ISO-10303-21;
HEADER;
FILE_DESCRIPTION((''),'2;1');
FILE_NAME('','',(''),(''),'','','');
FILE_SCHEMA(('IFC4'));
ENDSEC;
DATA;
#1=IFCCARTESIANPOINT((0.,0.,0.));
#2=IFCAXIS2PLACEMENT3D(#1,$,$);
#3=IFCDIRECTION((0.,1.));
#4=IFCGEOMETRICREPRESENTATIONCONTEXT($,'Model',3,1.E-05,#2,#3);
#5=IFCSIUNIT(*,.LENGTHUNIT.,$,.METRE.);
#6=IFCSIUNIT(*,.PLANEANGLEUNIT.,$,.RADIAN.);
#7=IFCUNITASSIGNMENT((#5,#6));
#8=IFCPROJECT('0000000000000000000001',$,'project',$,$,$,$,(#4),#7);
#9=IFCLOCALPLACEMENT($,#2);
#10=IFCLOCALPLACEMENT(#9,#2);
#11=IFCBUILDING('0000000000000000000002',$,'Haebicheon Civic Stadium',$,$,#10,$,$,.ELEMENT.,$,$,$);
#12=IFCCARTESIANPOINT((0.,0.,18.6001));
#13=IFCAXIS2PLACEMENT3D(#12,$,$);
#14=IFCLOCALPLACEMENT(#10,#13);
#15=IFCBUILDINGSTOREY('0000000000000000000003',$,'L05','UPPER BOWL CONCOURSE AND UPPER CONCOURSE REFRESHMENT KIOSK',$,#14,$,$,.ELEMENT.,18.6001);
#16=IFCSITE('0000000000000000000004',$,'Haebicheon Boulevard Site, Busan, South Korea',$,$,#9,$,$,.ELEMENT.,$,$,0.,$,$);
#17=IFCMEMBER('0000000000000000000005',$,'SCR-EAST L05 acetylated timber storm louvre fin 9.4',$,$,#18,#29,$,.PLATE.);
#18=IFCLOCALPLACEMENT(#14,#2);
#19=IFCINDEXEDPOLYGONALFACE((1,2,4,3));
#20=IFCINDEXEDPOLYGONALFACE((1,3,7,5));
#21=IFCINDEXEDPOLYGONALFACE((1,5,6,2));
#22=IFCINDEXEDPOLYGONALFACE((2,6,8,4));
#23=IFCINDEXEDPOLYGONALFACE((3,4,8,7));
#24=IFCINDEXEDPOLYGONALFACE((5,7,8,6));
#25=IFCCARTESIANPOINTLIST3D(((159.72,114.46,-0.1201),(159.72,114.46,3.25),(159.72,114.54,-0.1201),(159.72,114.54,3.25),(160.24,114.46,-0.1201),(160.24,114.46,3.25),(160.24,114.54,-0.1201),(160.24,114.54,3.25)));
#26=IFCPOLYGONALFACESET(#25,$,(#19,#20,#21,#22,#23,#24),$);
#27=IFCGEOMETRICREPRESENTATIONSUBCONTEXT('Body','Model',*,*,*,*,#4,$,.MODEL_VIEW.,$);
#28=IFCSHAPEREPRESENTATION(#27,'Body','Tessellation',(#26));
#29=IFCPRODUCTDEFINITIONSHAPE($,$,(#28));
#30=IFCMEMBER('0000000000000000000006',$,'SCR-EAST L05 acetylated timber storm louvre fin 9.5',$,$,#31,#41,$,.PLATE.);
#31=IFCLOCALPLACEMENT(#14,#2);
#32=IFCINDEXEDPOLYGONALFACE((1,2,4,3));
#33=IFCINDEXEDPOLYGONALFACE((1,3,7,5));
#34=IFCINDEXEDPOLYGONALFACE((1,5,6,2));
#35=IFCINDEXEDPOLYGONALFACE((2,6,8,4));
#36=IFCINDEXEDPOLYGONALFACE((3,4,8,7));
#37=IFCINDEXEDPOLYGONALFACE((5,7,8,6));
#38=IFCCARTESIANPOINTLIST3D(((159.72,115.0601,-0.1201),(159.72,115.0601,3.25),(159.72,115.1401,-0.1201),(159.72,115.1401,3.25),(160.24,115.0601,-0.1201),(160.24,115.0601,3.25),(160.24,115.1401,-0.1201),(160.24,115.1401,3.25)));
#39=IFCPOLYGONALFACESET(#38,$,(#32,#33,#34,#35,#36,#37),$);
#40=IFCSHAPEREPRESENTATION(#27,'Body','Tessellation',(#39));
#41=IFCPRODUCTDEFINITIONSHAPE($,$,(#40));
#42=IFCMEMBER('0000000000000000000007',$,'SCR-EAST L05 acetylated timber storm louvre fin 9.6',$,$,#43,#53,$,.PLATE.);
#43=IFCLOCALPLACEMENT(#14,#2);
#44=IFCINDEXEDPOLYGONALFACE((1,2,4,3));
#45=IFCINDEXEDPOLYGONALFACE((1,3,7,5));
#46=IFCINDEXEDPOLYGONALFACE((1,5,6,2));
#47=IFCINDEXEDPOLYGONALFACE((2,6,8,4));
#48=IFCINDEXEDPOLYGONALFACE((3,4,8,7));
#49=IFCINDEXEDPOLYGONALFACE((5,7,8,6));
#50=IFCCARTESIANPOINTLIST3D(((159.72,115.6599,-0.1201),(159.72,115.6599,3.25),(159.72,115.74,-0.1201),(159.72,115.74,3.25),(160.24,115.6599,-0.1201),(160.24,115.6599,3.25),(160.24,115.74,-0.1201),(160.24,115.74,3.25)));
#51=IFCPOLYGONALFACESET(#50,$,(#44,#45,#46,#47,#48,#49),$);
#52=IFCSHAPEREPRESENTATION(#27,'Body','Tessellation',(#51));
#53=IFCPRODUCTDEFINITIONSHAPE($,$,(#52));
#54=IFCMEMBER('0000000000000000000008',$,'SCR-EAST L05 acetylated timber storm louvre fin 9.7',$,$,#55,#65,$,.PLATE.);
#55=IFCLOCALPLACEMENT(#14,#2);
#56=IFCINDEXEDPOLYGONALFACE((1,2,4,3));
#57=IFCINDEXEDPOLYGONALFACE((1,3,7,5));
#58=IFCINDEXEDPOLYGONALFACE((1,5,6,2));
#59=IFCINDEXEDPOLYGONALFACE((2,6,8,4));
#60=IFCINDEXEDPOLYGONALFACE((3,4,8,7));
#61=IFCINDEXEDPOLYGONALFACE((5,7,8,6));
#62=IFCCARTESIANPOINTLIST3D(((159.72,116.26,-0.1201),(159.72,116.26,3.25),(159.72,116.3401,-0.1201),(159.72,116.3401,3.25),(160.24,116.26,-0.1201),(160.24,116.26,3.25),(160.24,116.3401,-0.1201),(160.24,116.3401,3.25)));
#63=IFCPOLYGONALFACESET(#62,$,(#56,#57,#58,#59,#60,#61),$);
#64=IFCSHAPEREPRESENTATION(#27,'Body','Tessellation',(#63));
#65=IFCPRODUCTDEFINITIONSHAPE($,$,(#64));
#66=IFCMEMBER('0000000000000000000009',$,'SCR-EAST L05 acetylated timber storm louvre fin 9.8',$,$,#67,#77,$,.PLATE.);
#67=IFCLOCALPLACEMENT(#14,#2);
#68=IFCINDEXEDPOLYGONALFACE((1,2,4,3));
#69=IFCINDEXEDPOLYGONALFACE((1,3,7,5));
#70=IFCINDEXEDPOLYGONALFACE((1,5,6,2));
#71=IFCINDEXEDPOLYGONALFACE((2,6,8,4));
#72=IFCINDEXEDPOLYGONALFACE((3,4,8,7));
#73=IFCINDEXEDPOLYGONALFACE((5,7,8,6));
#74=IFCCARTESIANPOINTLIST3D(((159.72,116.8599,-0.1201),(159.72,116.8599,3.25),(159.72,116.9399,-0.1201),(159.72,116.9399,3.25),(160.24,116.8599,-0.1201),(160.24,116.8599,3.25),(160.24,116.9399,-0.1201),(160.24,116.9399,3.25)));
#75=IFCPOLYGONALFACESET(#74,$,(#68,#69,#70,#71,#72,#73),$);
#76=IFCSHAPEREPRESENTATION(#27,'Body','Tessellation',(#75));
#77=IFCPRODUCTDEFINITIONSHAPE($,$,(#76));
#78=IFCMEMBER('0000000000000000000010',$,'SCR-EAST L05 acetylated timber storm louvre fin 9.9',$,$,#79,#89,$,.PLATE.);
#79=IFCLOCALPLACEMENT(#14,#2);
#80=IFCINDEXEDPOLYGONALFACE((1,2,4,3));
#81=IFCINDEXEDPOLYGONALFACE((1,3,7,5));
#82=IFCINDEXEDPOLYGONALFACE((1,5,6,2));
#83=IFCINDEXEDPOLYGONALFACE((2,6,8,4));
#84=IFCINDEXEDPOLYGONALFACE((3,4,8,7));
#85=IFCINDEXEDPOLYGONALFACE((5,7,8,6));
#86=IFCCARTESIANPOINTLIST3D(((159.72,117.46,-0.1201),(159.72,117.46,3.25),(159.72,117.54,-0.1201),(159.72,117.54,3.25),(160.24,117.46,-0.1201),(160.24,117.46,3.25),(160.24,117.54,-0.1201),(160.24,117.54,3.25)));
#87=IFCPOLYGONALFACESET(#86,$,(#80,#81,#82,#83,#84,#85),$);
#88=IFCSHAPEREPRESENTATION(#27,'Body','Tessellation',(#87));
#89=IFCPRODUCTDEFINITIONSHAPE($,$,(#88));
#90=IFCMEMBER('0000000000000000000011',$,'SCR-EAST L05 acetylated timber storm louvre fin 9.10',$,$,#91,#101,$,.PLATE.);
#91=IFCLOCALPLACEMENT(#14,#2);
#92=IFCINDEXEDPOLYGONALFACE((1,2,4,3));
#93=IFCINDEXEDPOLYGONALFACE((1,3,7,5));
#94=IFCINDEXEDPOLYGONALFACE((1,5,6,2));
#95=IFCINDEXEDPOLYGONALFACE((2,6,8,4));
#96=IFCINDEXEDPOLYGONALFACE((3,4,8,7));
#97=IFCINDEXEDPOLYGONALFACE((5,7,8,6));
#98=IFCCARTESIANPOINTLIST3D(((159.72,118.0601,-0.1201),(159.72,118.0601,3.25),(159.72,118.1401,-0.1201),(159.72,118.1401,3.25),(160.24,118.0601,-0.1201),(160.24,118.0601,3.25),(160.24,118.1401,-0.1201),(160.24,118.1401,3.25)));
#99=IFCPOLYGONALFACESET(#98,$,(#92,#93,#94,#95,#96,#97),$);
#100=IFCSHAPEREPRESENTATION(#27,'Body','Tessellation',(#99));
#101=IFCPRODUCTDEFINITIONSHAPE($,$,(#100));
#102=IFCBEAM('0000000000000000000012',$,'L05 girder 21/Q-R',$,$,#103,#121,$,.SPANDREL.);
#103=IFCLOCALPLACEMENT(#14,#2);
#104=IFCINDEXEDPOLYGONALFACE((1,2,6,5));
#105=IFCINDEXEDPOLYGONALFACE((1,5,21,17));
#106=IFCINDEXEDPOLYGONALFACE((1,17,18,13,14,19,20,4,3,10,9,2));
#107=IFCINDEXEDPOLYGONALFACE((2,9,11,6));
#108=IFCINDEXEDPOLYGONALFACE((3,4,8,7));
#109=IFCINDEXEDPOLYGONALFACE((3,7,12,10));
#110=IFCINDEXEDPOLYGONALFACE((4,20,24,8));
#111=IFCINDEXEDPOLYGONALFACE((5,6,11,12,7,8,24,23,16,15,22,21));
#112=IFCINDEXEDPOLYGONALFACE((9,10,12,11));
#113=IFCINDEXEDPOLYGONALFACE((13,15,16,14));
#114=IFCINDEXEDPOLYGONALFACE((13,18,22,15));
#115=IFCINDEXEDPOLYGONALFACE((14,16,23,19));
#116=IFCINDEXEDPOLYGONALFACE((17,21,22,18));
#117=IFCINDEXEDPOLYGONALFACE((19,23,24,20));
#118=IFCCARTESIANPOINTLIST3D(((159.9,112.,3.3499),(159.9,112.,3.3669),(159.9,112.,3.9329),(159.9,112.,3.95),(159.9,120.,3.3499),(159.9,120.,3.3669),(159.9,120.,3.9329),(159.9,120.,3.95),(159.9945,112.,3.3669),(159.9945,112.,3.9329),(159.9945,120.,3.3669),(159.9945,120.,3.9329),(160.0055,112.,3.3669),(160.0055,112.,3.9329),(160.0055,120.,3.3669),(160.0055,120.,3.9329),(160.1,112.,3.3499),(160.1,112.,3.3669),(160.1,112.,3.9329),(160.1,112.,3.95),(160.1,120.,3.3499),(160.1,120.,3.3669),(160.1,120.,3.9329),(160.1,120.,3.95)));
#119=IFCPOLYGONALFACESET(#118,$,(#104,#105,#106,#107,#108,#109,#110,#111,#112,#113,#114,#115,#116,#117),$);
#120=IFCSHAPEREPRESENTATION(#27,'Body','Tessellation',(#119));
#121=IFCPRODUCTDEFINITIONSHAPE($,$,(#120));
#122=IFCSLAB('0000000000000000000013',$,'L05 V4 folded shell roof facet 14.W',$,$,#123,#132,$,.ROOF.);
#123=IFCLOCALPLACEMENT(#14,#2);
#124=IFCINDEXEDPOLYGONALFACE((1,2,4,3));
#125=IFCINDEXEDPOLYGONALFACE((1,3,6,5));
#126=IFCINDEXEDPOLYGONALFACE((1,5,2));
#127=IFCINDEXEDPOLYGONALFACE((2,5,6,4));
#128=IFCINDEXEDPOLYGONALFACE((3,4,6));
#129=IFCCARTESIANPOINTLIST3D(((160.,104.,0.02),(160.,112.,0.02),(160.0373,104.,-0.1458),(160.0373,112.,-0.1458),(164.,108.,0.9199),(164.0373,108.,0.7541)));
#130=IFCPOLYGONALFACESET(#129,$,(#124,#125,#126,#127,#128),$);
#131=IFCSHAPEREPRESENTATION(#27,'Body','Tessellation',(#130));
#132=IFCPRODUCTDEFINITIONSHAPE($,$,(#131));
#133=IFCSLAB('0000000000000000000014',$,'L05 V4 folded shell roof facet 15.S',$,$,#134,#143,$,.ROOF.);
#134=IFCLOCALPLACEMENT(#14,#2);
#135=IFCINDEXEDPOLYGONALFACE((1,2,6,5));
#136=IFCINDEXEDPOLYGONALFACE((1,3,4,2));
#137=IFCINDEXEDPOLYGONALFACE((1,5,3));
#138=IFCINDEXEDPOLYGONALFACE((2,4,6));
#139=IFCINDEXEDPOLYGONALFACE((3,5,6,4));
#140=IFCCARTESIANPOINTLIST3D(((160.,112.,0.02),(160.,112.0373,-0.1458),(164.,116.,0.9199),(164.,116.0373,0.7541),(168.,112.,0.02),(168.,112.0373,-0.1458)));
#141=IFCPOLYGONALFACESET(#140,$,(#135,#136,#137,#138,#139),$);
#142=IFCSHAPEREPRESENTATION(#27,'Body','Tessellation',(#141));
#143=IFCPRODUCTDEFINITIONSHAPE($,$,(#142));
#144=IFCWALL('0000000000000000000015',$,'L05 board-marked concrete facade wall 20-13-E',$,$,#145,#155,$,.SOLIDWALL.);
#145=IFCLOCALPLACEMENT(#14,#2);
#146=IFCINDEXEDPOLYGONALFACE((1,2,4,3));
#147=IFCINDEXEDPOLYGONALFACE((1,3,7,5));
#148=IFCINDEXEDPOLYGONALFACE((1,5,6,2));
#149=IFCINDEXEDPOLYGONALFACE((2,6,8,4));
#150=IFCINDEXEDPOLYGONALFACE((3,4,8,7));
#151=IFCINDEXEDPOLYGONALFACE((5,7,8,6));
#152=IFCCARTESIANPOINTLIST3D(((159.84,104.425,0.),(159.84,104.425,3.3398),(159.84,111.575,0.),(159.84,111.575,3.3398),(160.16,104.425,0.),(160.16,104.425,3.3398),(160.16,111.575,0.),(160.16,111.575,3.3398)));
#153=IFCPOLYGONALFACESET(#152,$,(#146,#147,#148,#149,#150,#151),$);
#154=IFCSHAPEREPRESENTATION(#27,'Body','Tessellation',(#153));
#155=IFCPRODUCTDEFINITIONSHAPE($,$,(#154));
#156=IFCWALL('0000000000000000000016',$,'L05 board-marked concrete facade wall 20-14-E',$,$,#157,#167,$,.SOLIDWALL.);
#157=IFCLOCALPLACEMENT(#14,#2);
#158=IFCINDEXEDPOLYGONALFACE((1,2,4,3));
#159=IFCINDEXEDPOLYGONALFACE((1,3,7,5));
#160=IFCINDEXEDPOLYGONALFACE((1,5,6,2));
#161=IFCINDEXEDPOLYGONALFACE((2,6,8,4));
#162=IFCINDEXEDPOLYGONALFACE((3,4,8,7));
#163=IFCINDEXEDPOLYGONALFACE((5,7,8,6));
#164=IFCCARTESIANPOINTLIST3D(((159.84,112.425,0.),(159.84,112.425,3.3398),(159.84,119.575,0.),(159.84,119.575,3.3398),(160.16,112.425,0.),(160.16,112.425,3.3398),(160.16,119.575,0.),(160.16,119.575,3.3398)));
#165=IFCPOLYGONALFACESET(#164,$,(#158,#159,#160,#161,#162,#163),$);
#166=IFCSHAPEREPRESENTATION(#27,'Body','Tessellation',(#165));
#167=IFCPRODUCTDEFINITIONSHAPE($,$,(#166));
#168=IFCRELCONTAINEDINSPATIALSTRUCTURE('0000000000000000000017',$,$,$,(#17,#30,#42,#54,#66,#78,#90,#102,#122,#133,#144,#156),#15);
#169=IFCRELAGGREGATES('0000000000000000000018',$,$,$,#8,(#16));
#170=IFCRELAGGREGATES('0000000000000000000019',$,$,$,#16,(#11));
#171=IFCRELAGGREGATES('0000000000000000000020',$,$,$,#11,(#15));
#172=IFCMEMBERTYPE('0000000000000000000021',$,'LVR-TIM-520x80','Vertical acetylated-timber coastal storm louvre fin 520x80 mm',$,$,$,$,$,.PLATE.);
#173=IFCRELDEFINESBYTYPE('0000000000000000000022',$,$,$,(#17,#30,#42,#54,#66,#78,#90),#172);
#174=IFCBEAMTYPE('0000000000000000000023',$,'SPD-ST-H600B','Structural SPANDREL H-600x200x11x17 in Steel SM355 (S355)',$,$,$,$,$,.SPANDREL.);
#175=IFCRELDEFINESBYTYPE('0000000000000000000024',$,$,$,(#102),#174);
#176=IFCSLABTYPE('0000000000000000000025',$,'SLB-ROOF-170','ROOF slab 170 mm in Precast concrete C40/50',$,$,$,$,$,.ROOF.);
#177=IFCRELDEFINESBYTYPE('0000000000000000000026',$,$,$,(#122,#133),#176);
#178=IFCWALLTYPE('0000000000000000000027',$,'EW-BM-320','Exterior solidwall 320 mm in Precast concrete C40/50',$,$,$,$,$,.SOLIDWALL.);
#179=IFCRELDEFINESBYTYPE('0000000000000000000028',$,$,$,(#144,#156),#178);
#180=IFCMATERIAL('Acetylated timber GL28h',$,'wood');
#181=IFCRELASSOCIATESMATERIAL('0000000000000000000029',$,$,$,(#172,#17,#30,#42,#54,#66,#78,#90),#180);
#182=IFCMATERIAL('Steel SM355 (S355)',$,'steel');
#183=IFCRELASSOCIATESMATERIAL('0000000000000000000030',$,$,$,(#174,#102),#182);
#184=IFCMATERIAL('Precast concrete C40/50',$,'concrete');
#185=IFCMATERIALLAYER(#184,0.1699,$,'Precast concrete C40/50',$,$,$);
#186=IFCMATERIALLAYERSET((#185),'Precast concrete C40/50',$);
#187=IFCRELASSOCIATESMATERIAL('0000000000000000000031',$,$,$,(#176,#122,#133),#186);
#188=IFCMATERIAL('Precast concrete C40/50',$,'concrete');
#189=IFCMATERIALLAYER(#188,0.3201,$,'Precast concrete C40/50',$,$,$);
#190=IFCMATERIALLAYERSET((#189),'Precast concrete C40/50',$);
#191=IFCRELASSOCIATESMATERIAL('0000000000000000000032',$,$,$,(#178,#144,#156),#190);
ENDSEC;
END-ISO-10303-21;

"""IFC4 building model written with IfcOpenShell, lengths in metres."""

from ifc_helpers import new_model, si_unit, direction, frame, frame_2d, origin, origin_2d, place, context, subcontext, project, spatial, polyline, rectangle, i_section, outline, extrude, material, layer, layer_set, material_profile, profile_set, type_object, element, save


model = new_model("IFC4")

# Units and contexts
model_context = context("Model", 3, precision=1e-05, world=origin(), true_north=direction((0.0, 1.0)))
body_context = subcontext(model_context, "Body", "Model", "MODEL_VIEW")
ifc_project = project(units=[si_unit("LENGTHUNIT", "METRE"), si_unit("PLANEANGLEUNIT", "RADIAN")], contexts=[model_context])

# Site, building, storey
site_placement = place(None, origin())
site = spatial("IfcSite", under=ifc_project, at=site_placement, Name="Haebicheon Boulevard Site, Busan, South Korea", CompositionType="ELEMENT", RefElevation=0.0)
building_placement = place(site_placement, origin())
building = spatial("IfcBuilding", under=site, at=building_placement, Name="Haebicheon Civic Stadium", CompositionType="ELEMENT")
storey_placement = place(building_placement, frame((0.0, 0.0, 18.6001)))
storey = spatial("IfcBuildingStorey", under=building, at=storey_placement, Name="L05", Description="UPPER BOWL CONCOURSE AND UPPER CONCOURSE REFRESHMENT KIOSK", CompositionType="ELEMENT", Elevation=18.6001)

# Members
ifc_material_1 = material(Name="Acetylated timber GL28h", Category="wood")
ifc_material_profile_1 = material_profile(ifc_material_1, rectangle(XDim=0.0801, YDim=0.52, at=origin_2d()), Name="TMB-LOUV-80x520")
ifc_profile_set_1 = profile_set([ifc_material_profile_1], Name="Acetylated timber GL28h")
member_type = type_object("IfcMemberType", Name="LVR-TIM-520x80", Description="Vertical acetylated-timber coastal storm louvre fin 520x80 mm", PredefinedType="PLATE", material=ifc_profile_set_1)
for number, where, z_axis, x_axis, name in (
    (1, (159.98, 114.5, -0.1201), (0.0, 0.0, 1.0), (0.0, 1.0, 0.0), "SCR-EAST L05 acetylated timber storm louvre fin 9.4"),
    (2, (159.98, 115.1001, -0.1201), (0.0, 0.0, 1.0), (0.0, 1.0, 0.0), "SCR-EAST L05 acetylated timber storm louvre fin 9.5"),
    (3, (159.98, 115.7, -0.1201), (0.0, 0.0, 1.0), (0.0, 1.0, 0.0), "SCR-EAST L05 acetylated timber storm louvre fin 9.6"),
    (4, (159.98, 116.3, -0.1201), (0.0, 0.0, 1.0), (0.0, 1.0, 0.0), "SCR-EAST L05 acetylated timber storm louvre fin 9.7"),
    (5, (159.98, 116.8999, -0.1201), (0.0, 0.0, 1.0), (0.0, 1.0, 0.0), "SCR-EAST L05 acetylated timber storm louvre fin 9.8"),
    (6, (159.98, 117.5, -0.1201), (0.0, 0.0, 1.0), (0.0, 1.0, 0.0), "SCR-EAST L05 acetylated timber storm louvre fin 9.9"),
    (7, (159.98, 118.1001, -0.1201), (0.0, 0.0, 1.0), (0.0, 1.0, 0.0), "SCR-EAST L05 acetylated timber storm louvre fin 9.10"),
):
    element("IfcMember", number, at=place(storey_placement, frame(where, z_axis=z_axis, x_axis=x_axis)), inside=storey, type_object=member_type, material=ifc_profile_set_1, Name=name, PredefinedType="PLATE", context=body_context, shape_type="SweptSolid", body=[
        extrude(rectangle(XDim=0.0801, YDim=0.52, at=origin_2d()), origin(), (0.0, 0.0, 1.0), 3.3701),
    ])

# Beam
ifc_material_2 = material(Name="Steel SM355 (S355)", Category="steel")
ifc_material_profile_2 = material_profile(ifc_material_2, i_section(OverallWidth=0.2, OverallDepth=0.6001, WebThickness=0.011, FlangeThickness=0.0171, at=origin_2d()), Name="H-600x200x11x17")
ifc_profile_set_2 = profile_set([ifc_material_profile_2], Name="Steel SM355 (S355)")
beam_type_1 = type_object("IfcBeamType", Name="SPD-ST-H600B", Description="Structural SPANDREL H-600x200x11x17 in Steel SM355 (S355)", PredefinedType="SPANDREL", material=ifc_profile_set_2)
beam_placement = place(storey_placement, frame((160.0, 112.0, 3.6499), z_axis=(0.0, 1.0, 0.0), x_axis=(-1.0, 0.0, 0.0)))
element("IfcBeam", 8, at=beam_placement, inside=storey, type_object=beam_type_1, material=ifc_profile_set_2, Name="L05 girder 21/Q-R", PredefinedType="SPANDREL", context=body_context, shape_type="SweptSolid", body=[
    extrude(i_section(OverallWidth=0.2, OverallDepth=0.6001, WebThickness=0.011, FlangeThickness=0.0171, at=origin_2d()), origin(), (0.0, 0.0, 1.0), 8.0),
])

# Slabs
ifc_material_3 = material(Name="Precast concrete C40/50", Category="concrete")
ifc_layer_1 = layer(ifc_material_3, 0.1699, Name="Precast concrete C40/50")
ifc_layer_set_1 = layer_set([ifc_layer_1], Name="Precast concrete C40/50")
slab_type = type_object("IfcSlabType", Name="SLB-ROOF-170", Description="ROOF slab 170 mm in Precast concrete C40/50", PredefinedType="ROOF", material=ifc_layer_set_1)
for number, where, z_axis, x_axis, name in (
    (9, (160.0, 112.0, 0.02), (-0.21949, 0.0, 0.975615), (0.0, -1.0, 0.0), "L05 V4 folded shell roof facet 14.W"),
    (10, (160.0, 112.0, 0.02), (0.0, -0.21949, 0.975615), (1.0, 0.0, 0.0), "L05 V4 folded shell roof facet 15.S"),
):
    element("IfcSlab", number, at=place(storey_placement, frame(where, z_axis=z_axis, x_axis=x_axis)), inside=storey, type_object=slab_type, material=ifc_layer_set_1, Name=name, PredefinedType="ROOF", context=body_context, shape_type="SweptSolid", body=[
        extrude(outline(polyline([(0.0, 0.0), (8.0, 0.0), (4.0, 4.1), (0.0, 0.0)])), origin(), (0.0, 0.0, -1.0), 0.1699),
    ])

# Walls
ifc_material_4 = material(Name="Precast concrete C40/50", Category="concrete")
ifc_layer_2 = layer(ifc_material_4, 0.3201, Name="Precast concrete C40/50")
ifc_layer_set_2 = layer_set([ifc_layer_2], Name="Precast concrete C40/50")
wall_type = type_object("IfcWallType", Name="EW-BM-320", Description="Exterior solidwall 320 mm in Precast concrete C40/50", PredefinedType="SOLIDWALL", material=ifc_layer_set_2)
for number, where, z_axis, x_axis, name in (
    (11, (160.0, 104.425, 0.0), (0.0, 0.0, 1.0), (0.0, 1.0, 0.0), "L05 board-marked concrete facade wall 20-13-E"),
    (12, (160.0, 112.425, 0.0), (0.0, 0.0, 1.0), (0.0, 1.0, 0.0), "L05 board-marked concrete facade wall 20-14-E"),
):
    element("IfcWall", number, at=place(storey_placement, frame(where, z_axis=z_axis, x_axis=x_axis)), inside=storey, type_object=wall_type, material=ifc_layer_set_2, Name=name, PredefinedType="SOLIDWALL", context=body_context, shape_type="SweptSolid", body=[
        extrude(rectangle(XDim=7.1499, YDim=0.3201, at=frame_2d((3.575, 0.0))), origin(), (0.0, 0.0, 1.0), 3.3398),
    ])

save(model, "model.ifc")
